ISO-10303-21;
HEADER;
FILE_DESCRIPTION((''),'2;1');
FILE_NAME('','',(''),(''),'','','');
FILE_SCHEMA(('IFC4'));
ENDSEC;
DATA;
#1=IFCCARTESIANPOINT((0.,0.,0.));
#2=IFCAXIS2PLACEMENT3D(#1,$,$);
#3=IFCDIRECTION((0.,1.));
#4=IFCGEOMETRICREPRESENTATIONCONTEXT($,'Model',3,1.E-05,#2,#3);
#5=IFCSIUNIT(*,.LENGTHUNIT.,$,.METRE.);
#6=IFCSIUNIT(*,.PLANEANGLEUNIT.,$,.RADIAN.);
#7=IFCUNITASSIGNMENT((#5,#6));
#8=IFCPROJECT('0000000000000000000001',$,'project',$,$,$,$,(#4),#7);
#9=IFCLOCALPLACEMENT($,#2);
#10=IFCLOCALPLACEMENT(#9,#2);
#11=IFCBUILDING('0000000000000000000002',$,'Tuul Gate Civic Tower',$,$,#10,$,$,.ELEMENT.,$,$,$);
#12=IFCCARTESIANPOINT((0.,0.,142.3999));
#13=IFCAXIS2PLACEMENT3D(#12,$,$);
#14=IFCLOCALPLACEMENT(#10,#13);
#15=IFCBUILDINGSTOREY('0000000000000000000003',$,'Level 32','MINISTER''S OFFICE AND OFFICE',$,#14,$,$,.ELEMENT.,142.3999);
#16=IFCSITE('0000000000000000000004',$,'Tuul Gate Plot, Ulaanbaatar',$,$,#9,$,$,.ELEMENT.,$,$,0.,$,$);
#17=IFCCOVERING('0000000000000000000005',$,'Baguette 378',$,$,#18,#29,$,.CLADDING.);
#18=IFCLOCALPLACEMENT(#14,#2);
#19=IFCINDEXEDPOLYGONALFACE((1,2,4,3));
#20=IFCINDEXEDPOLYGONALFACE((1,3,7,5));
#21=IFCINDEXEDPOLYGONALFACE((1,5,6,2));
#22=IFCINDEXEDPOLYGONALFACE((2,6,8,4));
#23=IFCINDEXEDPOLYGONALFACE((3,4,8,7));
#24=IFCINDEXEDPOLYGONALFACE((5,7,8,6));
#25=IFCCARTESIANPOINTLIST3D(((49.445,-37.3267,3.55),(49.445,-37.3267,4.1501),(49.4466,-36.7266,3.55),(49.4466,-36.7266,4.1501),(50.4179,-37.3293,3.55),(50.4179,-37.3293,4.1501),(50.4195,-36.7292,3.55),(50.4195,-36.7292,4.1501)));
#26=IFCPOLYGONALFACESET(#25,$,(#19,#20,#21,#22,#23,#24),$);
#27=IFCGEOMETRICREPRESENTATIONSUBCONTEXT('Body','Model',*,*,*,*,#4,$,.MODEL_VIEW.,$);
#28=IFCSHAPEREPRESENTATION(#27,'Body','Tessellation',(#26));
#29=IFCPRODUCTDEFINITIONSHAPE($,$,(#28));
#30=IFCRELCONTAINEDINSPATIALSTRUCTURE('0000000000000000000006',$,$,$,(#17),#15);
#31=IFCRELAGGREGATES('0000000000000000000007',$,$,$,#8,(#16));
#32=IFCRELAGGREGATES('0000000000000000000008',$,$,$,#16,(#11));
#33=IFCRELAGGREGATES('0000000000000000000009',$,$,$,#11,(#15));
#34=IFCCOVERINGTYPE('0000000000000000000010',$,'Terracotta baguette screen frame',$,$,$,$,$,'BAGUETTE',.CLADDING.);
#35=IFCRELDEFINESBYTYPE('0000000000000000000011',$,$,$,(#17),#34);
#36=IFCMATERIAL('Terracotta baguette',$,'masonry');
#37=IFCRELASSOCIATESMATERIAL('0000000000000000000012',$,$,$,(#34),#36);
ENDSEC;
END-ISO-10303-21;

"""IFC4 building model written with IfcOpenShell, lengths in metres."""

from ifc_helpers import new_model, si_unit, direction, frame, origin, origin_2d, place, context, subcontext, project, spatial, rectangle, extrude, material, material_profile, profile_set, type_object, element, save


model = new_model("IFC4")

# Units and contexts
model_context = context("Model", 3, precision=1e-05, world=origin(), true_north=direction((0.0, 1.0)))
body_context = subcontext(model_context, "Body", "Model", "MODEL_VIEW")
ifc_project = project(units=[si_unit("LENGTHUNIT", "METRE"), si_unit("PLANEANGLEUNIT", "RADIAN")], contexts=[model_context])

# Site, building, storey
site_placement = place(None, origin())
site = spatial("IfcSite", under=ifc_project, at=site_placement, Name="Tuul Gate Plot, Ulaanbaatar", CompositionType="ELEMENT", RefElevation=0.0)
building_placement = place(site_placement, origin())
building = spatial("IfcBuilding", under=site, at=building_placement, Name="Tuul Gate Civic Tower", CompositionType="ELEMENT")
storey_placement = place(building_placement, frame((0.0, 0.0, 142.3999)))
storey = spatial("IfcBuildingStorey", under=building, at=storey_placement, Name="Level 32", Description="MINISTER'S OFFICE AND OFFICE", CompositionType="ELEMENT", Elevation=142.3999)

# Covering
ifc_material_1 = material(Name="Terracotta baguette", Category="masonry")
ifc_material_profile_1 = material_profile(ifc_material_1, rectangle(XDim=0.6001, YDim=0.6001, at=origin_2d()), Name="Terracotta baguette screen frame")
ifc_profile_set_1 = profile_set([ifc_material_profile_1], Name="Terracotta baguette")
covering_type = type_object("IfcCoveringType", Name="Terracotta baguette screen frame", ElementType="BAGUETTE", PredefinedType="CLADDING", material=ifc_profile_set_1)
covering_1_placement = place(storey_placement, frame((49.4458, -37.0266, 3.8501), z_axis=(0.999996, -0.00276, 0.0), x_axis=(0.00276, 0.999996, 0.0)))
element("IfcCovering", 1, at=covering_1_placement, inside=storey, type_object=covering_type, Name="Baguette 378", PredefinedType="CLADDING", context=body_context, shape_type="SweptSolid", body=[
    extrude(rectangle(XDim=0.6001, YDim=0.6001, at=origin_2d()), origin(), (0.0, 0.0, 1.0), 0.9729),
])

save(model, "model.ifc")
